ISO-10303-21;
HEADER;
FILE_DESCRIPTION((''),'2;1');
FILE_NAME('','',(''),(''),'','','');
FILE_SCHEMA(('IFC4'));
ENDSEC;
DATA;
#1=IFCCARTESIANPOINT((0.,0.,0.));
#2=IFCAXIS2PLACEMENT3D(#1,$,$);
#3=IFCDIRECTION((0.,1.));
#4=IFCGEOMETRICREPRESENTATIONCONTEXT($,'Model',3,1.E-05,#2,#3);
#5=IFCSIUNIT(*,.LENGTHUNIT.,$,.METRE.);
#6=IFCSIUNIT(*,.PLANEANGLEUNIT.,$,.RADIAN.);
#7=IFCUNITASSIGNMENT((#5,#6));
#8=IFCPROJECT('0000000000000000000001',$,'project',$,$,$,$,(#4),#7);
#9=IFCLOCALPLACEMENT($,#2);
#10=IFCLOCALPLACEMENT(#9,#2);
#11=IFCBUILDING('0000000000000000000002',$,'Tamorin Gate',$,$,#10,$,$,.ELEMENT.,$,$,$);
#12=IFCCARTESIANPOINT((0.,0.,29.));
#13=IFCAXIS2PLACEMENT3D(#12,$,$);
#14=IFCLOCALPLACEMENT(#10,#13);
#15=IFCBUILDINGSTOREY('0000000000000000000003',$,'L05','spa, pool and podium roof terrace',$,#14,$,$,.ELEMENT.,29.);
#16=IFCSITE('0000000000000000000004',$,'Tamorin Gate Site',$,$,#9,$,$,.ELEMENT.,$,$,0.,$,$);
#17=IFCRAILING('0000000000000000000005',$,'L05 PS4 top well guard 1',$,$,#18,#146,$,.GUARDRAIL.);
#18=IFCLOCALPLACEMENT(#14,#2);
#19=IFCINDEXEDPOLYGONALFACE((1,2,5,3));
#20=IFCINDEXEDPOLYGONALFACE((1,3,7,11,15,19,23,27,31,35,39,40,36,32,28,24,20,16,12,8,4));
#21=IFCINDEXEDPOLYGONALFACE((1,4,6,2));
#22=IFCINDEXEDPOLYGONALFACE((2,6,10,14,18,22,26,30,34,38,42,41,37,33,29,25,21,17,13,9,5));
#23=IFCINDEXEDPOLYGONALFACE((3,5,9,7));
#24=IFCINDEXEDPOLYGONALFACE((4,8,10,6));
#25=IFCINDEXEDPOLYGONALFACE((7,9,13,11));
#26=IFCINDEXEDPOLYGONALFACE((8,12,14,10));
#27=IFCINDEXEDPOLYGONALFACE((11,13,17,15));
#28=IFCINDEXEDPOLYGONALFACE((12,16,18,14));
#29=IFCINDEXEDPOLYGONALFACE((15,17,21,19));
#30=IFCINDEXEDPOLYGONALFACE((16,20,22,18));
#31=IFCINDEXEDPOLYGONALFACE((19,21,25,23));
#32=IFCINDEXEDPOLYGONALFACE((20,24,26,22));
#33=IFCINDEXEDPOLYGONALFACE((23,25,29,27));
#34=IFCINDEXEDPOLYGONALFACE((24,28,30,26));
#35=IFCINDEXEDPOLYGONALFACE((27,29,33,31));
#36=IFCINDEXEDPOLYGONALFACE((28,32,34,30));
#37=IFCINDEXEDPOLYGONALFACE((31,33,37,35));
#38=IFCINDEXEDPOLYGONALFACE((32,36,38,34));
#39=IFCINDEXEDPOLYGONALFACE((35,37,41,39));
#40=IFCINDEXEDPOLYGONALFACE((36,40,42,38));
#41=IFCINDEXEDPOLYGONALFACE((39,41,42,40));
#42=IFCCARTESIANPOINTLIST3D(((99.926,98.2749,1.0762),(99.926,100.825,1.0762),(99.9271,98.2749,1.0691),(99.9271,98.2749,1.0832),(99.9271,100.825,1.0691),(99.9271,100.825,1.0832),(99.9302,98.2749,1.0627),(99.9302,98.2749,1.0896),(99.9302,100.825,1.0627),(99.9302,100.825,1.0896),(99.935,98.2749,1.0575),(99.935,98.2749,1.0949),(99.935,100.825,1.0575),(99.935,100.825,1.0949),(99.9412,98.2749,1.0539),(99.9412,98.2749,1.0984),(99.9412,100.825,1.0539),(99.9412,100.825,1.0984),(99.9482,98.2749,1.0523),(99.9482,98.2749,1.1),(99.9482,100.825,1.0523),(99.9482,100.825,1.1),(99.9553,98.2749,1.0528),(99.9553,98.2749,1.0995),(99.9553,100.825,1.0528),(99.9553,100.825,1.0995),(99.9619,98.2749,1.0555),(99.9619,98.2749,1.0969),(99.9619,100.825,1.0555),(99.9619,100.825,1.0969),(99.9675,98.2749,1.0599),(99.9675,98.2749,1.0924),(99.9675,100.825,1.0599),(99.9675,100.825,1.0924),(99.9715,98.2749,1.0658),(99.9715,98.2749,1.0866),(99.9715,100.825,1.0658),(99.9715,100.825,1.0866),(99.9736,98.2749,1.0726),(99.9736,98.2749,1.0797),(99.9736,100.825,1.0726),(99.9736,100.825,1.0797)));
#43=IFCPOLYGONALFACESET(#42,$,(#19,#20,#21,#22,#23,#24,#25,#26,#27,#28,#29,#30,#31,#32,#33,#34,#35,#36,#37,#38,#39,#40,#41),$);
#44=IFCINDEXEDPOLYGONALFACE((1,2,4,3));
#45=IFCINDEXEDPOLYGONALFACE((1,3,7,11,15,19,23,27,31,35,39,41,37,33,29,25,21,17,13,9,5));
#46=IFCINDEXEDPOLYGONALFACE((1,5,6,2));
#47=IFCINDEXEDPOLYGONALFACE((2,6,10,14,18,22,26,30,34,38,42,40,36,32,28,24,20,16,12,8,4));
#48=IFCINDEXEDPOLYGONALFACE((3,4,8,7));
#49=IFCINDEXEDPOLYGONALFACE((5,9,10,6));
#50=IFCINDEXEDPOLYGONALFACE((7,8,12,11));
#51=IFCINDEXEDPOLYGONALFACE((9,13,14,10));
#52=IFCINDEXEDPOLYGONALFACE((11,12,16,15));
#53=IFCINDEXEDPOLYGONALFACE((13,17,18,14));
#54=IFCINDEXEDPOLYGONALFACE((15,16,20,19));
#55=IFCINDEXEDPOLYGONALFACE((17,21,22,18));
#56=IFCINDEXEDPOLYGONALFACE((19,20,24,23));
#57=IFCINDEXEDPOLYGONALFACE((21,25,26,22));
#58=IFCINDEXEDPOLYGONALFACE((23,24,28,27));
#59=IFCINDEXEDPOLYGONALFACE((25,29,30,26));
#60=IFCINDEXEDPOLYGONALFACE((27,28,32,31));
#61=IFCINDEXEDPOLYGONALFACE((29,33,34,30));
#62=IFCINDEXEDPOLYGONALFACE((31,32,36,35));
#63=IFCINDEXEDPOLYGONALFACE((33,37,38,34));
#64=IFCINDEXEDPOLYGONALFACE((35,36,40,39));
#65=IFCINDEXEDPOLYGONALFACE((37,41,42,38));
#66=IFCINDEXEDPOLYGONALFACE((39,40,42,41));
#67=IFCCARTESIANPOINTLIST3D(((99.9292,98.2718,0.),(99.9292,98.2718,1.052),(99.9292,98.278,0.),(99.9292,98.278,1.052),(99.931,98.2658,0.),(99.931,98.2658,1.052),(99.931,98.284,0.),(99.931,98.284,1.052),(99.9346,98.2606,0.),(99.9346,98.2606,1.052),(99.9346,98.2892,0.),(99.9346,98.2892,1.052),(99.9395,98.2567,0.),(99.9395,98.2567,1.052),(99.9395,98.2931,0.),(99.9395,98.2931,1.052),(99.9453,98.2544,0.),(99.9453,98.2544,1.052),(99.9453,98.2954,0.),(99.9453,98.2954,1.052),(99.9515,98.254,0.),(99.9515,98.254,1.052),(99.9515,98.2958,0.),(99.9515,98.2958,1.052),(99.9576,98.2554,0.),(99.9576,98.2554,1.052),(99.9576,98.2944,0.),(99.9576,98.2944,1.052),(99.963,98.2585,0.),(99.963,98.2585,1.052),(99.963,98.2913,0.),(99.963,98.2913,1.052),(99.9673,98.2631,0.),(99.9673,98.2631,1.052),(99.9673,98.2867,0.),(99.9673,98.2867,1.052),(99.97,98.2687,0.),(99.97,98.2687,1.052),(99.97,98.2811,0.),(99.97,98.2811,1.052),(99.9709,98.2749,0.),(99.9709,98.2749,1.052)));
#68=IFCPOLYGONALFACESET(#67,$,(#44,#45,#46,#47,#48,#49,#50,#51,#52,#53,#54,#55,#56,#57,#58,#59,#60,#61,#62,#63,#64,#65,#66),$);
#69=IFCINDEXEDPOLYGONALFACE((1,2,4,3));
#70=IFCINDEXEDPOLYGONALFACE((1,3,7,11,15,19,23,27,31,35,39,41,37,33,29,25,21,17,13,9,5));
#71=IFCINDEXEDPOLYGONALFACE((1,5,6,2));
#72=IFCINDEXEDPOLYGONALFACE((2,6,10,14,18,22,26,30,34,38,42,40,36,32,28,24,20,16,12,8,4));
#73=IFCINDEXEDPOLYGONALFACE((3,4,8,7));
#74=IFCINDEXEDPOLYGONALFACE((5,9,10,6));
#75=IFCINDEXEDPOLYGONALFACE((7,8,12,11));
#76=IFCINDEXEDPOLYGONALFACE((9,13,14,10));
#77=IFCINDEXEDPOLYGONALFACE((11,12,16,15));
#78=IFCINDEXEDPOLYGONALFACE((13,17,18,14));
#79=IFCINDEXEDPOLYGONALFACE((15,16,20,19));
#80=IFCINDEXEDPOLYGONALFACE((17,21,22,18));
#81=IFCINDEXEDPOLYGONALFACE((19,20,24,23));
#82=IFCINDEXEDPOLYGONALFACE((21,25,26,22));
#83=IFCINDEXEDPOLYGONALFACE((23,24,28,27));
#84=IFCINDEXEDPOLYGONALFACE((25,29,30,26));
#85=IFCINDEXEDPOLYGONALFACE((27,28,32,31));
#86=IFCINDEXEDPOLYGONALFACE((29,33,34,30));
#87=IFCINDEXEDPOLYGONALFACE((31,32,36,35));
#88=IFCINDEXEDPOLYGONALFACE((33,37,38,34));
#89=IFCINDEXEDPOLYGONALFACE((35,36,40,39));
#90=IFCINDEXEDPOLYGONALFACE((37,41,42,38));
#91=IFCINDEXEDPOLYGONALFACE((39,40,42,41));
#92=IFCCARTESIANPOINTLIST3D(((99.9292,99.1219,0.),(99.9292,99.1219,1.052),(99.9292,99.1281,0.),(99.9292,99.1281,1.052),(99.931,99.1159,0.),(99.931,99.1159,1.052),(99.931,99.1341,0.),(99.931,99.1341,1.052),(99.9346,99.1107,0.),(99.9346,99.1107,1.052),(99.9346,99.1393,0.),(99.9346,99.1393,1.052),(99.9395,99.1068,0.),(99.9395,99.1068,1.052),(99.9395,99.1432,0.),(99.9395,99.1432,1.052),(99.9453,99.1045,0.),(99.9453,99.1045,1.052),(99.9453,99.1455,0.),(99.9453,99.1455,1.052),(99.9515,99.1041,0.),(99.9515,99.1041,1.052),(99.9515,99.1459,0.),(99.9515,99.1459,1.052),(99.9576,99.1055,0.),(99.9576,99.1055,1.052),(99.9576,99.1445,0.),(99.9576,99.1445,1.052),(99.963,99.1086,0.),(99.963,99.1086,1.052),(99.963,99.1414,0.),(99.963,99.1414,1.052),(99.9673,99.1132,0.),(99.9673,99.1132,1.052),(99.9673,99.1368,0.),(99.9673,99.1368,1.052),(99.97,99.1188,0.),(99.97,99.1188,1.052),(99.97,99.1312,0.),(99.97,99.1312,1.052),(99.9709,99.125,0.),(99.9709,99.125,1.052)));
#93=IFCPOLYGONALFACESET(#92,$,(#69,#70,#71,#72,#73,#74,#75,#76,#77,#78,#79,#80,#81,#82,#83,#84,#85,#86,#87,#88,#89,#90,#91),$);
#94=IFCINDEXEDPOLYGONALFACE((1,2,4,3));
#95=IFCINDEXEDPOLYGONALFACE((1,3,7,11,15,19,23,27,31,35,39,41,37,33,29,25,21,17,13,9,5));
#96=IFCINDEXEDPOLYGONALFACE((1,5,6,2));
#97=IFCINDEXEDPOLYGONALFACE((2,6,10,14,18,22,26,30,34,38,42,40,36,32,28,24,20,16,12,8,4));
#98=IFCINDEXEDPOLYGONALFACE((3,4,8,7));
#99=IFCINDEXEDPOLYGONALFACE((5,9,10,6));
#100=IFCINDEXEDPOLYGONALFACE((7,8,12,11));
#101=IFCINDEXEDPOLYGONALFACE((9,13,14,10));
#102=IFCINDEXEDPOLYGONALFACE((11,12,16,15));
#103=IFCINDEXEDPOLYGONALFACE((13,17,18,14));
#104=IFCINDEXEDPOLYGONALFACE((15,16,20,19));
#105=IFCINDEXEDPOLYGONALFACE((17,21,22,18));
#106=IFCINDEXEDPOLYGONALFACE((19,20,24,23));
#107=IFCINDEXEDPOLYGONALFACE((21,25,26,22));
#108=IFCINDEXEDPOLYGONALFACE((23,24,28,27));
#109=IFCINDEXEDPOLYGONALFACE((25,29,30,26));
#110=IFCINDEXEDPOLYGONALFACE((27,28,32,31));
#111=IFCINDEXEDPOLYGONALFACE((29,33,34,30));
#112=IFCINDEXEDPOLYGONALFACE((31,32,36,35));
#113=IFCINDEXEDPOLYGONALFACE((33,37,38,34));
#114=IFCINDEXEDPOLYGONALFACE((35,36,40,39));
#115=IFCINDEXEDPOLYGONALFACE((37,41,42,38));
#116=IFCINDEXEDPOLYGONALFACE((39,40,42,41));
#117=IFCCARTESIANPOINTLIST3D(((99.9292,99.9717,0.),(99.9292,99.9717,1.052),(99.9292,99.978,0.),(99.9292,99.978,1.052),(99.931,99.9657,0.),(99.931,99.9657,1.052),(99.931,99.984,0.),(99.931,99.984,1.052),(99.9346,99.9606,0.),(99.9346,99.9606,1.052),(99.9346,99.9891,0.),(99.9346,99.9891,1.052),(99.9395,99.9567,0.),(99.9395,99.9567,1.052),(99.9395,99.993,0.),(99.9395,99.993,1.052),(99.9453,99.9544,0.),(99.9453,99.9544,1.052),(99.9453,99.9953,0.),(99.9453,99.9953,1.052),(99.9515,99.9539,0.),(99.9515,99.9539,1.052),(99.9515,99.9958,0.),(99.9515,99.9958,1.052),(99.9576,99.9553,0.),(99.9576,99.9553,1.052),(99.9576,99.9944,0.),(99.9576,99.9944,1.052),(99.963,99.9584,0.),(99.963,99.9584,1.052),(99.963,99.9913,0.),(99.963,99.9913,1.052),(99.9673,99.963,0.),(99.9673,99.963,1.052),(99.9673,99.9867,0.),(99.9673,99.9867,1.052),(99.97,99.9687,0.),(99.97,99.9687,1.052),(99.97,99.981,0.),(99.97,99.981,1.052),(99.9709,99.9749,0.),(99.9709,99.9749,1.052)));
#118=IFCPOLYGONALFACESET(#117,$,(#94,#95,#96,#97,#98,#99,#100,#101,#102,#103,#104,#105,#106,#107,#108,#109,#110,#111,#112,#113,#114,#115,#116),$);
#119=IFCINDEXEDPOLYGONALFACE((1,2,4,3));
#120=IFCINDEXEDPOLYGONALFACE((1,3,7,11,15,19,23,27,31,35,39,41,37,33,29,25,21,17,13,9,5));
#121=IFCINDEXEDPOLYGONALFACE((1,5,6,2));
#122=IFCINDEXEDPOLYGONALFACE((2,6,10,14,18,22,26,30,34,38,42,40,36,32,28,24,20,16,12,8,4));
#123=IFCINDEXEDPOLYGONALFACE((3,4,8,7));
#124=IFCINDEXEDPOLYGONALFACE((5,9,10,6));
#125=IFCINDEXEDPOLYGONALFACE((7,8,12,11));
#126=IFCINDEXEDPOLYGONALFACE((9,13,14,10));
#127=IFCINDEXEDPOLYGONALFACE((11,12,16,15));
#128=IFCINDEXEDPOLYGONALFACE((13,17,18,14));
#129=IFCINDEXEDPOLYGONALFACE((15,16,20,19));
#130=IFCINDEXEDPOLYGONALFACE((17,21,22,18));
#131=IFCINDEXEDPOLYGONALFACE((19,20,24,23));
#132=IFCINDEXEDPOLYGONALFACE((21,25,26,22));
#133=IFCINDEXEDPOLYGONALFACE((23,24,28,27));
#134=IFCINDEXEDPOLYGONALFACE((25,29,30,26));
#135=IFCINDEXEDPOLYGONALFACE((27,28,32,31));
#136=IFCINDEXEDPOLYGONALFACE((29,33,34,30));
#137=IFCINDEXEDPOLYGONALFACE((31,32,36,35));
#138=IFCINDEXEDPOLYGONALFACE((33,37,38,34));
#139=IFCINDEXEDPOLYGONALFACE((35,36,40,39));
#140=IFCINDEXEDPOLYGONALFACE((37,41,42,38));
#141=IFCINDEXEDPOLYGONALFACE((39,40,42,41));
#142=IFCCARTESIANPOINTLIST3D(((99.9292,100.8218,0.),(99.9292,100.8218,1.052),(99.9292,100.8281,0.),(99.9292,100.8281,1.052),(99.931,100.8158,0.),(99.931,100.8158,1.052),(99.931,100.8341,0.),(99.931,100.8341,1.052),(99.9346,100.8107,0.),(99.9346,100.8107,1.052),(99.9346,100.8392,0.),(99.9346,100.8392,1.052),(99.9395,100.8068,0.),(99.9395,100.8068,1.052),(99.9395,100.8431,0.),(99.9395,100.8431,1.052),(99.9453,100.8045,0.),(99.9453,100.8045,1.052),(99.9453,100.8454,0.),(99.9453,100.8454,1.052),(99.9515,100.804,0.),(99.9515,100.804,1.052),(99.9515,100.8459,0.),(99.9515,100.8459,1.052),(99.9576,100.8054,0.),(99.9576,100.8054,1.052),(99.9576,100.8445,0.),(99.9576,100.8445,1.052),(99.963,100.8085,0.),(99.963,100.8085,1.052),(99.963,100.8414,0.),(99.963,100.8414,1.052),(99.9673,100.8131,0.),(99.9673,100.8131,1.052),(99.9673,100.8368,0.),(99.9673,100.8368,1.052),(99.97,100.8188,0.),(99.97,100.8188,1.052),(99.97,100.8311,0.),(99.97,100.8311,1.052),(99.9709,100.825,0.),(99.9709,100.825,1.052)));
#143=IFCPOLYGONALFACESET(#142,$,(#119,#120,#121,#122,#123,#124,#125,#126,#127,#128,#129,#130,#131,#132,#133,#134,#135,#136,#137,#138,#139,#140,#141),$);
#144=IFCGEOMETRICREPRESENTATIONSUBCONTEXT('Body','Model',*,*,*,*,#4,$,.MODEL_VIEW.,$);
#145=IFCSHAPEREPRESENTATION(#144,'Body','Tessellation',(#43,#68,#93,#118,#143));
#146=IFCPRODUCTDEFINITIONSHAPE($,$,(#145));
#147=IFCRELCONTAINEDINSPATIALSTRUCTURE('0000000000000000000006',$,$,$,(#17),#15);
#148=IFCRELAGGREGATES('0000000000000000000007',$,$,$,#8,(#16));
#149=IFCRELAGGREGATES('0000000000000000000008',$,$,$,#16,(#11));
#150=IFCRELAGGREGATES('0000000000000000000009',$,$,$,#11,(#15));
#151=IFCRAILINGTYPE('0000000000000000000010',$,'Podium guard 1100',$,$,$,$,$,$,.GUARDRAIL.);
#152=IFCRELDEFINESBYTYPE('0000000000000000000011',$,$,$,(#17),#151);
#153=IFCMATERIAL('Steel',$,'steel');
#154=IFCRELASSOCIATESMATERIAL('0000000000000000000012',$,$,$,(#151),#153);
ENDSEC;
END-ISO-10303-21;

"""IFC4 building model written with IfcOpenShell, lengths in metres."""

from ifc_helpers import new_model, si_unit, direction, frame, origin, origin_2d, place, context, subcontext, project, spatial, circle, extrude, material, type_object, element, save


model = new_model("IFC4")

# Units and contexts
model_context = context("Model", 3, precision=1e-05, world=origin(), true_north=direction((0.0, 1.0)))
body_context = subcontext(model_context, "Body", "Model", "MODEL_VIEW")
ifc_project = project(units=[si_unit("LENGTHUNIT", "METRE"), si_unit("PLANEANGLEUNIT", "RADIAN")], contexts=[model_context])

# Site, building, storey
site_placement = place(None, origin())
site = spatial("IfcSite", under=ifc_project, at=site_placement, Name="Tamorin Gate Site", CompositionType="ELEMENT", RefElevation=0.0)
building_placement = place(site_placement, origin())
building = spatial("IfcBuilding", under=site, at=building_placement, Name="Tamorin Gate", CompositionType="ELEMENT")
storey_placement = place(building_placement, frame((0.0, 0.0, 29.0)))
storey = spatial("IfcBuildingStorey", under=building, at=storey_placement, Name="L05", Description="spa, pool and podium roof terrace", CompositionType="ELEMENT", Elevation=29.0)

# Railing
ifc_material_1 = material(Name="Steel", Category="steel")
railing_type = type_object("IfcRailingType", Name="Podium guard 1100", PredefinedType="GUARDRAIL", material=ifc_material_1)
railing_placement = place(storey_placement, frame((99.95, 98.2749, 0.0)))
element("IfcRailing", 1, at=railing_placement, inside=storey, type_object=railing_type, Name="L05 PS4 top well guard 1", PredefinedType="GUARDRAIL", context=body_context, shape_type="SweptSolid", body=[
    extrude(circle(Radius=0.0239, at=origin_2d()), frame((0.0, 0.0, 1.0762), z_axis=(0.0, 1.0, 0.0), x_axis=(-1.0, 0.0, 0.0)), (0.0, 0.0, 1.0), 2.55),
    extrude(circle(Radius=0.021, at=origin_2d()), origin(), (0.0, 0.0, 1.0), 1.052),
    extrude(circle(Radius=0.021, at=origin_2d()), frame((0.0, 0.8501, 0.0)), (0.0, 0.0, 1.0), 1.052),
    extrude(circle(Radius=0.021, at=origin_2d()), frame((0.0, 1.7, 0.0)), (0.0, 0.0, 1.0), 1.052),
    extrude(circle(Radius=0.021, at=origin_2d()), frame((0.0, 2.55, 0.0)), (0.0, 0.0, 1.0), 1.052),
])

save(model, "model.ifc")
